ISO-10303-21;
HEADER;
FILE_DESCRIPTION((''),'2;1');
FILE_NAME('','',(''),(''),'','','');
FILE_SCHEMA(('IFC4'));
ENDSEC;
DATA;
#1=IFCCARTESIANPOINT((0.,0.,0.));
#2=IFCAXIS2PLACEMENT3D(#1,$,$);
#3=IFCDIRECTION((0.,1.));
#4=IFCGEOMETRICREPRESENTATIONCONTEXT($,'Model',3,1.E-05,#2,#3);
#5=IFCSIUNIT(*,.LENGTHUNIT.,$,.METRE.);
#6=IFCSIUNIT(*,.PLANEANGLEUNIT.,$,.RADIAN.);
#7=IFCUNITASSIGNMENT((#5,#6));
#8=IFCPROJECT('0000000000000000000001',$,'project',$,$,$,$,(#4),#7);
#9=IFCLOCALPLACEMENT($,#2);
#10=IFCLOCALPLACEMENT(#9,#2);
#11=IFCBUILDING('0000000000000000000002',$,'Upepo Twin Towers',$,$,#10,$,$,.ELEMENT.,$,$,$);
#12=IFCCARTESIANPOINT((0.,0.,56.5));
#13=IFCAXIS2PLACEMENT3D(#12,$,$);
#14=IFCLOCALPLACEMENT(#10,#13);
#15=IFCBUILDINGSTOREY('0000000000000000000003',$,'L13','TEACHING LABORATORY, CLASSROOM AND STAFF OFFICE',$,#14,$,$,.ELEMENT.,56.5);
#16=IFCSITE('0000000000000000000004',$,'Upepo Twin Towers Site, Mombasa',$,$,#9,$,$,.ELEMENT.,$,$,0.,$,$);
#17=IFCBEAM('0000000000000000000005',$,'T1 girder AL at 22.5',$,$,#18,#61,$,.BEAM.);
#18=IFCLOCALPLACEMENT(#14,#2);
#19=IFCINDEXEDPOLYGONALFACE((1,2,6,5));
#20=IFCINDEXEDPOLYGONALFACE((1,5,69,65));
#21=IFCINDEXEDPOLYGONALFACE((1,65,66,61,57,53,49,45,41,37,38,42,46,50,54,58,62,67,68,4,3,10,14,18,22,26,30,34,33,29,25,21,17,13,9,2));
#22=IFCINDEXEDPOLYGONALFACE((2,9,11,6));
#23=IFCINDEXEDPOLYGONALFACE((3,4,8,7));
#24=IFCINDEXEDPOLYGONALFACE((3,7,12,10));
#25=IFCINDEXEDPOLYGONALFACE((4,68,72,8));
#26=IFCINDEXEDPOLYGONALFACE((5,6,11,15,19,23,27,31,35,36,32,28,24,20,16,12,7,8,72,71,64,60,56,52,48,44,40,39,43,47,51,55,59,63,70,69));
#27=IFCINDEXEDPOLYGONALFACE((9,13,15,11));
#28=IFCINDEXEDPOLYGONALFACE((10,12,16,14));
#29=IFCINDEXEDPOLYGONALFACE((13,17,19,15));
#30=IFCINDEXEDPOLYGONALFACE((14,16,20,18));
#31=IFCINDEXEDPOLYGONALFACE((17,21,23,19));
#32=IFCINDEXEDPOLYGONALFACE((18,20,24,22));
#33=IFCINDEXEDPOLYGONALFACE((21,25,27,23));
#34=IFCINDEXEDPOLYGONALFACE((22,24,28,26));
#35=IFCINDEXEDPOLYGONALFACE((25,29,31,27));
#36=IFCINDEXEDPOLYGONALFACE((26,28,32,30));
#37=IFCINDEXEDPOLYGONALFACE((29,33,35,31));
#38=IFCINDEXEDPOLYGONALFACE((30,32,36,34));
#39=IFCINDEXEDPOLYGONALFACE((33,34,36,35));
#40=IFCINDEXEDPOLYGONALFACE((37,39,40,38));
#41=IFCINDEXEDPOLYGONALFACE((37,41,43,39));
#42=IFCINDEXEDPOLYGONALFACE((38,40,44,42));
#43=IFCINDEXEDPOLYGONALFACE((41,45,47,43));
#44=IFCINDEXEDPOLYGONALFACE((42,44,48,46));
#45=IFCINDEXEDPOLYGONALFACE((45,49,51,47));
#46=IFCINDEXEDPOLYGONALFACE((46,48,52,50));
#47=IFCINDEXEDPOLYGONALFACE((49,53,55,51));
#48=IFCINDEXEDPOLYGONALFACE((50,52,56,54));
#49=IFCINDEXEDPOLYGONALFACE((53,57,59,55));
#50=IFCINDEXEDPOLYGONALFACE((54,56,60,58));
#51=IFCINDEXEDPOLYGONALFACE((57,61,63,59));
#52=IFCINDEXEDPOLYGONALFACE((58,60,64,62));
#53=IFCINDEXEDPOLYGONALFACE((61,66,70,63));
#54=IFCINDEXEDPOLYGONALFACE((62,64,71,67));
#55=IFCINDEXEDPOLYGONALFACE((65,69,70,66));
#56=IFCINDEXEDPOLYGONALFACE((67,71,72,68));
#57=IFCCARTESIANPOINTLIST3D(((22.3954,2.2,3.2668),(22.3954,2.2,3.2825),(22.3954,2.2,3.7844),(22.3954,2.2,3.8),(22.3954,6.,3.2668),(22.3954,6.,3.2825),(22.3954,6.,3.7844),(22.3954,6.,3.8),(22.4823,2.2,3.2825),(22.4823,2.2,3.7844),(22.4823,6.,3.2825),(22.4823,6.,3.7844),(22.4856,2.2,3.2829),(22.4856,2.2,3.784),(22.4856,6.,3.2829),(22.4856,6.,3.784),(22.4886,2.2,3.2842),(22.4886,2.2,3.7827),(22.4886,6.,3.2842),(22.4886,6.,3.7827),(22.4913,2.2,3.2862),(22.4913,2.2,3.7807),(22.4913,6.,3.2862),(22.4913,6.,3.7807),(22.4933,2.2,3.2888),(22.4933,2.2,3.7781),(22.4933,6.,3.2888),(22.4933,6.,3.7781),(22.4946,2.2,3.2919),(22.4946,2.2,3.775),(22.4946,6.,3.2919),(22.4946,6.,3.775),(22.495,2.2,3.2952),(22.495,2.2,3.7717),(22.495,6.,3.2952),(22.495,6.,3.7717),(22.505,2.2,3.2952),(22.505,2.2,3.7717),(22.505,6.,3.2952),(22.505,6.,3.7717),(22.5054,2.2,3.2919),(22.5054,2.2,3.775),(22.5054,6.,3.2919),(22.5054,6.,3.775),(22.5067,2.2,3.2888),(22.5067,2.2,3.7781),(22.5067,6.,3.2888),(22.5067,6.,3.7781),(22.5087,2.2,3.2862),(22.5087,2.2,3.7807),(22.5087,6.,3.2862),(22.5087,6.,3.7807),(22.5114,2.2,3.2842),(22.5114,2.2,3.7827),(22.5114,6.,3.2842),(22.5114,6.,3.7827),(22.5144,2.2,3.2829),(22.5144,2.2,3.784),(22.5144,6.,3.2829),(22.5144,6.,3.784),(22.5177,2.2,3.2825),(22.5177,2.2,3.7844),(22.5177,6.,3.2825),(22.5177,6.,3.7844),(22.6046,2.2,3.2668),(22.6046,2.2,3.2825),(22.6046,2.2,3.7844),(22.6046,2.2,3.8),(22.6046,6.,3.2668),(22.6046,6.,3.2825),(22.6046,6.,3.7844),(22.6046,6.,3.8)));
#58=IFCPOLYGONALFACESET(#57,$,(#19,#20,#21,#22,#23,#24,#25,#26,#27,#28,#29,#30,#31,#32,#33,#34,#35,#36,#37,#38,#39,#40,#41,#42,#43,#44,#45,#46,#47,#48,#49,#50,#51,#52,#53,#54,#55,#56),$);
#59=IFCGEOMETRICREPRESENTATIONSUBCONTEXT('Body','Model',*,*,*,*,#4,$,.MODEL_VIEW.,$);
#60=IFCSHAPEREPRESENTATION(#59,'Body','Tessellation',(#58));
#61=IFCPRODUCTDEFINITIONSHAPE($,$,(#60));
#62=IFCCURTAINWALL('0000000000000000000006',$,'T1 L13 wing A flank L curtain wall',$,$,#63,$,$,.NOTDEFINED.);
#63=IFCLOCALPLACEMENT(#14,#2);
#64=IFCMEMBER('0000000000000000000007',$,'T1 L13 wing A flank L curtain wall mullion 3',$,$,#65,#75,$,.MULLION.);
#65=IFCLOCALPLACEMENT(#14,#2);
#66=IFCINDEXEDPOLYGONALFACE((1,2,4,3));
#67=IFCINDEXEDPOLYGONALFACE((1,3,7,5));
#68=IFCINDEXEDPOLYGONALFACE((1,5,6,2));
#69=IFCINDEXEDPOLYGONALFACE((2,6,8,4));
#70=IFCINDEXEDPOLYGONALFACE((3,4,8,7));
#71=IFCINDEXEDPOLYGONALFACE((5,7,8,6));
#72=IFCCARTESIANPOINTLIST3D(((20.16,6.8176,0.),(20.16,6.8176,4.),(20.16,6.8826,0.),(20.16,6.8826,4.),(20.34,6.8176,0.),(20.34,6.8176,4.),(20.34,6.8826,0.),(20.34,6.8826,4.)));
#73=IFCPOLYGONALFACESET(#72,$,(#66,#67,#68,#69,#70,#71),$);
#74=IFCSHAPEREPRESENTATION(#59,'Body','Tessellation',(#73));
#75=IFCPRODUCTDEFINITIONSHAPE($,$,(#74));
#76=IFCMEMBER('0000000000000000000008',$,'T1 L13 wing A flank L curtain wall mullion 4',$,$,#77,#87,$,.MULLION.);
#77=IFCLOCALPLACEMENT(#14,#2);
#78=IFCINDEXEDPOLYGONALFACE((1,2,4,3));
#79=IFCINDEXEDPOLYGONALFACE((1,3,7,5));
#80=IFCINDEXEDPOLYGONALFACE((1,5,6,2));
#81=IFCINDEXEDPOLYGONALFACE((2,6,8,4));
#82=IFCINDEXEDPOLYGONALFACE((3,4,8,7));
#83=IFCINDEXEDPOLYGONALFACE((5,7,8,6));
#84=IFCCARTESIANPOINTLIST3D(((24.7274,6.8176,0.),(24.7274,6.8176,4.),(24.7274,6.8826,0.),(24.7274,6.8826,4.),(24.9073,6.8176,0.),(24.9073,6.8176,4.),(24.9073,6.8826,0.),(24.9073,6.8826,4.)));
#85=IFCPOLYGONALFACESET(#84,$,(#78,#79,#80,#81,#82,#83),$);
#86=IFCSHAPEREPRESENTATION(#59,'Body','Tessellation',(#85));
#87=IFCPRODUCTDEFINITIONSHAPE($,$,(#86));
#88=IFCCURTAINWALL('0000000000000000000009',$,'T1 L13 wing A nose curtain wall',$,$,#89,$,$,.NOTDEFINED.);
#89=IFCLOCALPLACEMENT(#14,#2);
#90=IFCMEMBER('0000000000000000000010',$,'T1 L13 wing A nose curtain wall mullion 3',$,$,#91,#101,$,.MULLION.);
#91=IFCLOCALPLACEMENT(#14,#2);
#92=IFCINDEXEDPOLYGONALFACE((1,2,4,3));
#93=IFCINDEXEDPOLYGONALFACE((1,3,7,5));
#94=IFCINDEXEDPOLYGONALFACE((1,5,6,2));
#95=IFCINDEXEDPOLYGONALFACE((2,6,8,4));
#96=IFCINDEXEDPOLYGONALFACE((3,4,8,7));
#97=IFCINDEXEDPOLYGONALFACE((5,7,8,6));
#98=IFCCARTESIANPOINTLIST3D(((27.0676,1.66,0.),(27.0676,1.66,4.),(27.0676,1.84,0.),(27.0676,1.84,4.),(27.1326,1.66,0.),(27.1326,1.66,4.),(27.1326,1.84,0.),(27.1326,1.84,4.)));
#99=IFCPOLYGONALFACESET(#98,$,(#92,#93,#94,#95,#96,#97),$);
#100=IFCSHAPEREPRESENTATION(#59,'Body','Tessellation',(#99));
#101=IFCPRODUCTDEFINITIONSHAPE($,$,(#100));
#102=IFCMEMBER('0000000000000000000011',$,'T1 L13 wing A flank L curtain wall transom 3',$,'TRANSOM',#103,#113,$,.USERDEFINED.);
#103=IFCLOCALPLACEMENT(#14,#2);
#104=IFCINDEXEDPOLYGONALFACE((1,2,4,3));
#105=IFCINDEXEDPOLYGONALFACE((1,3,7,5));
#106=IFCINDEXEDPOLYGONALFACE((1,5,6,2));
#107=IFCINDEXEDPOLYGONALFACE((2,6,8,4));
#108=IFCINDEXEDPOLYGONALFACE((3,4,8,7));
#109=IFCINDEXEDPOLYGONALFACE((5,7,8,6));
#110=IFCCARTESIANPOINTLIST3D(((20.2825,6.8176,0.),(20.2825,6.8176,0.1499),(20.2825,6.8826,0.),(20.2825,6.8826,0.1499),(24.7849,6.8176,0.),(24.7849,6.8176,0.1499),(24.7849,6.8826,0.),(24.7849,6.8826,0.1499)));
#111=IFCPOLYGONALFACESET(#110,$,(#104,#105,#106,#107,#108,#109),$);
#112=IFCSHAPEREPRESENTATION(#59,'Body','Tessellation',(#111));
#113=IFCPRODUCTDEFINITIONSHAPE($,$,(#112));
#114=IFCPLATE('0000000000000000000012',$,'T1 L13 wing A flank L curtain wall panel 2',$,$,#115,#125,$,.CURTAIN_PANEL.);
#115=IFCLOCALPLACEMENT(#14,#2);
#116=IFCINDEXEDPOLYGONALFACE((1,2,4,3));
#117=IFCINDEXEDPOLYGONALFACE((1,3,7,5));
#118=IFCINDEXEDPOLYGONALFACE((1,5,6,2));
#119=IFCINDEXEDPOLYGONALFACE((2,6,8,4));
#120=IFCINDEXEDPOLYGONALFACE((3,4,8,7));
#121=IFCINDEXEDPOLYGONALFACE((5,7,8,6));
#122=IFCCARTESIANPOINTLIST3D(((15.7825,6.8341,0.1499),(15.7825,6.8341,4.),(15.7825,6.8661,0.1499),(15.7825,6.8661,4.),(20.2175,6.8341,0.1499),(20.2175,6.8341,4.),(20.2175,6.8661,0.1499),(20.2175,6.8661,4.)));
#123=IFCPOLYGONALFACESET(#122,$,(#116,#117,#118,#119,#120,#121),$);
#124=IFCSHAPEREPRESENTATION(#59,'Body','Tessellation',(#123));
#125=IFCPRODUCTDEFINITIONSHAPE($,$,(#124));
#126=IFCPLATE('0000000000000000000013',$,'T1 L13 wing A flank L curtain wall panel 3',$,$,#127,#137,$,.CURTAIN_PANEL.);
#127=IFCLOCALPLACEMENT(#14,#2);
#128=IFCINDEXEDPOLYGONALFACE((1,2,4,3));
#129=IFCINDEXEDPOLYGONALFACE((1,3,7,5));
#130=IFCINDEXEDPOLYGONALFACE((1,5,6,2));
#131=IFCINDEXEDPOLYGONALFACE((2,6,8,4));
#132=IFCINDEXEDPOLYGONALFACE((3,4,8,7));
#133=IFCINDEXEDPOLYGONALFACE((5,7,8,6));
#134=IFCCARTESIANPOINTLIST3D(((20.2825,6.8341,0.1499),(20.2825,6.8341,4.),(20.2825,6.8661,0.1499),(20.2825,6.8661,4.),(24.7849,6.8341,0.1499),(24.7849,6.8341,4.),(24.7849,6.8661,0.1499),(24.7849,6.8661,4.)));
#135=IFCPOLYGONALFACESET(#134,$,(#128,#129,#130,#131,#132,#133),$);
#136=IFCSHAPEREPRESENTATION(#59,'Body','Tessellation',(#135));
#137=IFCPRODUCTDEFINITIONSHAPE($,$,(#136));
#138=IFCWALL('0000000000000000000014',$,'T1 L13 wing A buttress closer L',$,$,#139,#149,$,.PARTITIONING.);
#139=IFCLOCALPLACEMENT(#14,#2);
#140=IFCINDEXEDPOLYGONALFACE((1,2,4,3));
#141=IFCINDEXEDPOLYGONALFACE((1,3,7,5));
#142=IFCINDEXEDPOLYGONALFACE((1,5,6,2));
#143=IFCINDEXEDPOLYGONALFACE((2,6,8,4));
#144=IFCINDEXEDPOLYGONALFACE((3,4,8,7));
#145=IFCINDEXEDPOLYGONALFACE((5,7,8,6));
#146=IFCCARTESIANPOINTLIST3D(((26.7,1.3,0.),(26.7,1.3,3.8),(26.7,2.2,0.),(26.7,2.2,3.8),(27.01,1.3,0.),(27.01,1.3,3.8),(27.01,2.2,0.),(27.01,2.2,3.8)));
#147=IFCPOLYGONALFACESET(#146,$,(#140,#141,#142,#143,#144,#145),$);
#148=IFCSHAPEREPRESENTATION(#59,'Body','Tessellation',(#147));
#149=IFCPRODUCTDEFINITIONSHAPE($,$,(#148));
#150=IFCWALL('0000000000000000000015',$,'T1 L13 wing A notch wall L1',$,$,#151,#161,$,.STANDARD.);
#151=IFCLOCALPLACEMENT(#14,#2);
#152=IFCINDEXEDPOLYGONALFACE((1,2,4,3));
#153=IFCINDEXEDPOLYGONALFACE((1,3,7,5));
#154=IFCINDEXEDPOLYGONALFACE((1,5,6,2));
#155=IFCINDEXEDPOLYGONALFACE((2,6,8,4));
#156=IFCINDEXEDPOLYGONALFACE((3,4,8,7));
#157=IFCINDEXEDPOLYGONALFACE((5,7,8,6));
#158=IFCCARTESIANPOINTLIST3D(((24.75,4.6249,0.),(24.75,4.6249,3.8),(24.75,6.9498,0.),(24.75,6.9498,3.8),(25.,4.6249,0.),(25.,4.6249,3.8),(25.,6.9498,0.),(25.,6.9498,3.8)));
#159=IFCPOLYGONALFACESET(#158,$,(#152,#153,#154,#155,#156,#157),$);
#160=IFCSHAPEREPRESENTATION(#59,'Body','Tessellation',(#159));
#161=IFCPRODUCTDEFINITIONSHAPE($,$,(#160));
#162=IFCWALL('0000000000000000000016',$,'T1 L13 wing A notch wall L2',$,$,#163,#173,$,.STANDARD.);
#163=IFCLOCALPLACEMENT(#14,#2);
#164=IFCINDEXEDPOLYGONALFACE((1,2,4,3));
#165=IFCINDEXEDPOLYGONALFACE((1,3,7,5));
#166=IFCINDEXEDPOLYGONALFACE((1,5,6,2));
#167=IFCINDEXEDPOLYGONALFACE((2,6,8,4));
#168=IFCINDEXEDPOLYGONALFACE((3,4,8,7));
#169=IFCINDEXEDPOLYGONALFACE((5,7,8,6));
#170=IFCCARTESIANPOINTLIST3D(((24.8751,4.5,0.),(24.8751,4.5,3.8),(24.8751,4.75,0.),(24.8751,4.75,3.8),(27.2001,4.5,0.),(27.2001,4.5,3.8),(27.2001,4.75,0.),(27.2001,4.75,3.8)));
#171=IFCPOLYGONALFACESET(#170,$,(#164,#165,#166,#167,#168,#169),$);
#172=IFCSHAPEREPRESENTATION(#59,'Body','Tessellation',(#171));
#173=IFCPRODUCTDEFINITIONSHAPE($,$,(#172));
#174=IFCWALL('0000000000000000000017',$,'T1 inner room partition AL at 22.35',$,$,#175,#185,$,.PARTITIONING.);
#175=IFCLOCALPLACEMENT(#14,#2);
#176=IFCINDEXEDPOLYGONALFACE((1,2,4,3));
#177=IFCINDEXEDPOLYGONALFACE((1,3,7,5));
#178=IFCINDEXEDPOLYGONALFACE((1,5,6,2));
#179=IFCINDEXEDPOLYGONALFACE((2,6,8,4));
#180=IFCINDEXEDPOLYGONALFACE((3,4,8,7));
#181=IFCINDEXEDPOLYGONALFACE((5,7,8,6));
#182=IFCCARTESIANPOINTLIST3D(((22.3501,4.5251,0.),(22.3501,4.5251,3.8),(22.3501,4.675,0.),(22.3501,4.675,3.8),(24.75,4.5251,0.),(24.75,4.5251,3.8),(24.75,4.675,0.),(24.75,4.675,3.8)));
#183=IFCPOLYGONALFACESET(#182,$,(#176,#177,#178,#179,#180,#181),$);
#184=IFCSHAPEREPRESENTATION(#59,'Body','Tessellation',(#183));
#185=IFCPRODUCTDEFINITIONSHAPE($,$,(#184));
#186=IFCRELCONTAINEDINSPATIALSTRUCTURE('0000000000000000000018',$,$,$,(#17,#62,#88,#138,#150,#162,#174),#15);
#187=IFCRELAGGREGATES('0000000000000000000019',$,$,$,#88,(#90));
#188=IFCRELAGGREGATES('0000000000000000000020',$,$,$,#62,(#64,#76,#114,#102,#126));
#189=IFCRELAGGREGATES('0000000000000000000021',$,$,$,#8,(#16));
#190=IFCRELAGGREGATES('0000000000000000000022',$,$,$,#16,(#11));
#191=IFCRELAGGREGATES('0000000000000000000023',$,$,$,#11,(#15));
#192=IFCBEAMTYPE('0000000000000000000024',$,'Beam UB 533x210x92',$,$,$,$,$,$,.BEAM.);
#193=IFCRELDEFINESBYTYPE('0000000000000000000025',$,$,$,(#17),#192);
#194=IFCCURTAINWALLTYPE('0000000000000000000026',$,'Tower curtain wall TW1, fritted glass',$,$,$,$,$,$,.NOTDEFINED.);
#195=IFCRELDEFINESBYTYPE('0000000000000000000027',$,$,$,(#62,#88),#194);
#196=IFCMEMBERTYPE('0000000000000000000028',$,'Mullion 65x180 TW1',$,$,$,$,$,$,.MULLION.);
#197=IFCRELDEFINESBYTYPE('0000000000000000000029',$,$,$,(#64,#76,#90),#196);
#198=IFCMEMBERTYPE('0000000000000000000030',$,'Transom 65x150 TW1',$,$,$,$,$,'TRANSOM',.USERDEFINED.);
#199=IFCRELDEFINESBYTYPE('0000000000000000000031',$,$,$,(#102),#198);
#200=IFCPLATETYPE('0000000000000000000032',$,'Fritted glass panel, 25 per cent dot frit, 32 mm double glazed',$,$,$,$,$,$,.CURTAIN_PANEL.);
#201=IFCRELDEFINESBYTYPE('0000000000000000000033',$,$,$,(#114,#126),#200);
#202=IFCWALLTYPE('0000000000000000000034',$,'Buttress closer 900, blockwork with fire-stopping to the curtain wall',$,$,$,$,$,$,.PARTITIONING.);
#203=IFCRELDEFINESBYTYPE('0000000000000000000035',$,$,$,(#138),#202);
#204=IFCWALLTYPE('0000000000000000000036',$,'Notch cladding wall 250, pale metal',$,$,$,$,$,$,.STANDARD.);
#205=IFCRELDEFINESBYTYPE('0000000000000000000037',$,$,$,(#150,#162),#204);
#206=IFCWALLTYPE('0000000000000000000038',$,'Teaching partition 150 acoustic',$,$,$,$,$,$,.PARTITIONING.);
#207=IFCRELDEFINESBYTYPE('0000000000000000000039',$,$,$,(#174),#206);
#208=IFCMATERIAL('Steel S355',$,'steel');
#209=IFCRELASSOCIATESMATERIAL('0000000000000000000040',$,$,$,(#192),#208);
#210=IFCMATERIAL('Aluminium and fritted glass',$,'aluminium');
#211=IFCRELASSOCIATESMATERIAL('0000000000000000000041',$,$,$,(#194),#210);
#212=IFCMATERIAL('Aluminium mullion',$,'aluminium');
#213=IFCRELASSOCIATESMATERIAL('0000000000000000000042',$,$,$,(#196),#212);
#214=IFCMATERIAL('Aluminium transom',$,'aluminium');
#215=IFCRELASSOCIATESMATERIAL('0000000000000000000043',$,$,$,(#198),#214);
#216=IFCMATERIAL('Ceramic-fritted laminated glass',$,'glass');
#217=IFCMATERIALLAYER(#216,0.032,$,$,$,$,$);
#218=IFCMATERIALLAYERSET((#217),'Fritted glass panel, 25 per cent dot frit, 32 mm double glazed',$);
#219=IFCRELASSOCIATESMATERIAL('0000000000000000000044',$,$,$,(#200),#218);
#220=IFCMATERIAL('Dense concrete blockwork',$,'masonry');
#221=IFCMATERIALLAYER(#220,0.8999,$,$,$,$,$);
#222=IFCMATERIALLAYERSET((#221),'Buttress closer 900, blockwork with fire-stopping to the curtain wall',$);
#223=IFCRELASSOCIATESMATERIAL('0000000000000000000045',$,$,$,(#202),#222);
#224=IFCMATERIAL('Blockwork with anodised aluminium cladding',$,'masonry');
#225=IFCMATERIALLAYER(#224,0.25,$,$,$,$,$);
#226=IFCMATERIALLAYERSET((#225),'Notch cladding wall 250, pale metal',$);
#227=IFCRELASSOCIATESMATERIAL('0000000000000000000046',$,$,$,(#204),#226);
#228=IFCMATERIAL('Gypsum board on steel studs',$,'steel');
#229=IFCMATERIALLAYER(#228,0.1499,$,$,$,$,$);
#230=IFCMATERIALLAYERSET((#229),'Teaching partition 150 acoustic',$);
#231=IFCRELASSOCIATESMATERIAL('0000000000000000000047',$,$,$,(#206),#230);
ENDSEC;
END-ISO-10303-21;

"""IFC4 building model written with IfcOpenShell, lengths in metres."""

from ifc_helpers import new_model, si_unit, direction, frame, frame_2d, origin, origin_2d, place, context, subcontext, project, spatial, rectangle, i_section, extrude, material, layer, layer_set, material_profile, profile_set, type_object, element, aggregate, save


model = new_model("IFC4")

# Units and contexts
model_context = context("Model", 3, precision=1e-05, world=origin(), true_north=direction((0.0, 1.0)))
body_context = subcontext(model_context, "Body", "Model", "MODEL_VIEW")
ifc_project = project(units=[si_unit("LENGTHUNIT", "METRE"), si_unit("PLANEANGLEUNIT", "RADIAN")], contexts=[model_context])

# Site, building, storey
site_placement = place(None, origin())
site = spatial("IfcSite", under=ifc_project, at=site_placement, Name="Upepo Twin Towers Site, Mombasa", CompositionType="ELEMENT", RefElevation=0.0)
building_placement = place(site_placement, origin())
building = spatial("IfcBuilding", under=site, at=building_placement, Name="Upepo Twin Towers", CompositionType="ELEMENT")
storey_placement = place(building_placement, frame((0.0, 0.0, 56.5)))
storey = spatial("IfcBuildingStorey", under=building, at=storey_placement, Name="L13", Description="TEACHING LABORATORY, CLASSROOM AND STAFF OFFICE", CompositionType="ELEMENT", Elevation=56.5)

# Beam
ifc_material_1 = material(Name="Steel S355", Category="steel")
ifc_material_profile_1 = material_profile(ifc_material_1, i_section(OverallWidth=0.2092, OverallDepth=0.5332, WebThickness=0.01, FlangeThickness=0.0156, FilletRadius=0.0127, at=origin_2d()), Name="UB 533x210x92")
ifc_profile_set_1 = profile_set([ifc_material_profile_1], Name="Steel S355")
beam_type_1 = type_object("IfcBeamType", Name="Beam UB 533x210x92", PredefinedType="BEAM", material=ifc_profile_set_1)
beam_1_placement = place(storey_placement, frame((22.5, 6.0, 3.5334), z_axis=(0.0, -1.0, 0.0), x_axis=(1.0, 0.0, 0.0)))
element("IfcBeam", 1, at=beam_1_placement, inside=storey, type_object=beam_type_1, Name="T1 girder AL at 22.5", PredefinedType="BEAM", context=body_context, shape_type="SweptSolid", body=[
    extrude(i_section(OverallWidth=0.2092, OverallDepth=0.5332, WebThickness=0.01, FlangeThickness=0.0156, FilletRadius=0.0127, at=origin_2d()), origin(), (0.0, 0.0, 1.0), 3.8),
])

# Curtain wall, members
ifc_material_2 = material(Name="Aluminium and fritted glass", Category="aluminium")
curtain_wall_type = type_object("IfcCurtainWallType", Name="Tower curtain wall TW1, fritted glass", PredefinedType="NOTDEFINED", material=ifc_material_2)
curtain_wall_1_placement = place(storey_placement, origin())
curtain_wall_1 = element("IfcCurtainWall", 2, at=curtain_wall_1_placement, inside=storey, type_object=curtain_wall_type, Name="T1 L13 wing A flank L curtain wall", PredefinedType="NOTDEFINED")
ifc_material_3 = material(Name="Aluminium mullion", Category="aluminium")
ifc_material_profile_2 = material_profile(ifc_material_3, rectangle(XDim=0.0649, YDim=0.1799, at=origin_2d()), Name="MULLION 65x180")
ifc_profile_set_2 = profile_set([ifc_material_profile_2], Name="Aluminium mullion")
member_type_1 = type_object("IfcMemberType", Name="Mullion 65x180 TW1", PredefinedType="MULLION", material=ifc_profile_set_2)
member_1_placement = place(storey_placement, frame((20.25, 6.8501, 0.0), z_axis=(0.0, 0.0, 1.0), x_axis=(0.0, 1.0, 0.0)))
member_1 = element("IfcMember", 3, at=member_1_placement, type_object=member_type_1, Name="T1 L13 wing A flank L curtain wall mullion 3", PredefinedType="MULLION", context=body_context, shape_type="SweptSolid", body=[
    extrude(rectangle(XDim=0.0649, YDim=0.1799, at=origin_2d()), origin(), (0.0, 0.0, 1.0), 4.0),
])
member_2_placement = place(storey_placement, frame((24.8174, 6.8501, 0.0), z_axis=(0.0, 0.0, 1.0), x_axis=(0.0, 1.0, 0.0)))
member_2 = element("IfcMember", 4, at=member_2_placement, type_object=member_type_1, Name="T1 L13 wing A flank L curtain wall mullion 4", PredefinedType="MULLION", context=body_context, shape_type="SweptSolid", body=[
    extrude(rectangle(XDim=0.0649, YDim=0.1799, at=origin_2d()), origin(), (0.0, 0.0, 1.0), 4.0),
])

# Curtain wall, member
curtain_wall_2_placement = place(storey_placement, origin())
curtain_wall_2 = element("IfcCurtainWall", 5, at=curtain_wall_2_placement, inside=storey, type_object=curtain_wall_type, Name="T1 L13 wing A nose curtain wall", PredefinedType="NOTDEFINED")
member_3_placement = place(storey_placement, frame((27.1001, 1.75, 0.0), z_axis=(0.0, 0.0, 1.0), x_axis=(-1.0, 0.0, 0.0)))
member_3 = element("IfcMember", 6, at=member_3_placement, type_object=member_type_1, Name="T1 L13 wing A nose curtain wall mullion 3", PredefinedType="MULLION", context=body_context, shape_type="SweptSolid", body=[
    extrude(rectangle(XDim=0.0649, YDim=0.1799, at=origin_2d()), origin(), (0.0, 0.0, 1.0), 4.0),
])
aggregate(curtain_wall_2, [member_3])

# Member
ifc_material_4 = material(Name="Aluminium transom", Category="aluminium")
ifc_material_profile_3 = material_profile(ifc_material_4, rectangle(XDim=0.0649, YDim=0.1499, at=origin_2d()), Name="TRANSOM 65x150")
ifc_profile_set_3 = profile_set([ifc_material_profile_3], Name="Aluminium transom")
member_type_2 = type_object("IfcMemberType", Name="Transom 65x150 TW1", ElementType="TRANSOM", PredefinedType="USERDEFINED", material=ifc_profile_set_3)
member_4_placement = place(storey_placement, frame((20.2825, 6.8501, 0.075), z_axis=(1.0, 0.0, 0.0), x_axis=(0.0, 1.0, 0.0)))
member_4 = element("IfcMember", 7, at=member_4_placement, type_object=member_type_2, Name="T1 L13 wing A flank L curtain wall transom 3", ObjectType="TRANSOM", PredefinedType="USERDEFINED", context=body_context, shape_type="SweptSolid", body=[
    extrude(rectangle(XDim=0.0649, YDim=0.1499, at=origin_2d()), origin(), (0.0, 0.0, 1.0), 4.5024),
])

# Plates
ifc_material_5 = material(Name="Ceramic-fritted laminated glass", Category="glass")
ifc_layer_1 = layer(ifc_material_5, 0.032)
ifc_layer_set_1 = layer_set([ifc_layer_1], Name="Fritted glass panel, 25 per cent dot frit, 32 mm double glazed")
plate_type = type_object("IfcPlateType", Name="Fritted glass panel, 25 per cent dot frit, 32 mm double glazed", PredefinedType="CURTAIN_PANEL", material=ifc_layer_set_1)
plate_1_placement = place(storey_placement, frame((18.0, 6.8501, 0.1499), z_axis=(0.0, 0.0, 1.0), x_axis=(1.0, 0.0, 0.0)))
plate_1 = element("IfcPlate", 8, at=plate_1_placement, type_object=plate_type, Name="T1 L13 wing A flank L curtain wall panel 2", PredefinedType="CURTAIN_PANEL", context=body_context, shape_type="SweptSolid", body=[
    extrude(rectangle(XDim=4.4351, YDim=0.032, at=origin_2d()), origin(), (0.0, 0.0, 1.0), 3.8501),
])
plate_2_placement = place(storey_placement, frame((22.5337, 6.8501, 0.1499), z_axis=(0.0, 0.0, 1.0), x_axis=(1.0, 0.0, 0.0)))
plate_2 = element("IfcPlate", 9, at=plate_2_placement, type_object=plate_type, Name="T1 L13 wing A flank L curtain wall panel 3", PredefinedType="CURTAIN_PANEL", context=body_context, shape_type="SweptSolid", body=[
    extrude(rectangle(XDim=4.5024, YDim=0.032, at=origin_2d()), origin(), (0.0, 0.0, 1.0), 3.8501),
])
aggregate(curtain_wall_1, [member_1, member_2, plate_1, member_4, plate_2])

# Walls
ifc_material_6 = material(Name="Dense concrete blockwork", Category="masonry")
ifc_layer_2 = layer(ifc_material_6, 0.8999)
ifc_layer_set_2 = layer_set([ifc_layer_2], Name="Buttress closer 900, blockwork with fire-stopping to the curtain wall")
wall_type_1 = type_object("IfcWallType", Name="Buttress closer 900, blockwork with fire-stopping to the curtain wall", PredefinedType="PARTITIONING", material=ifc_layer_set_2)
wall_1_placement = place(storey_placement, frame((26.7, 1.75, 0.0), z_axis=(0.0, 0.0, 1.0), x_axis=(1.0, 0.0, 0.0)))
element("IfcWall", 10, at=wall_1_placement, inside=storey, type_object=wall_type_1, Name="T1 L13 wing A buttress closer L", PredefinedType="PARTITIONING", context=body_context, shape_type="SweptSolid", body=[
    extrude(rectangle(XDim=0.3101, YDim=0.8999, at=frame_2d((0.155, 0.0))), origin(), (0.0, 0.0, 1.0), 3.8),
])
ifc_material_7 = material(Name="Blockwork with anodised aluminium cladding", Category="masonry")
ifc_layer_3 = layer(ifc_material_7, 0.25)
ifc_layer_set_3 = layer_set([ifc_layer_3], Name="Notch cladding wall 250, pale metal")
wall_type_2 = type_object("IfcWallType", Name="Notch cladding wall 250, pale metal", PredefinedType="STANDARD", material=ifc_layer_set_3)
for number, where, z_axis, x_axis, name in (
    (11, (24.875, 6.95, 0.0), (0.0, 0.0, 1.0), (0.0, -1.0, 0.0), "T1 L13 wing A notch wall L1"),
    (12, (24.875, 4.625, 0.0), (0.0, 0.0, 1.0), (1.0, 0.0, 0.0), "T1 L13 wing A notch wall L2"),
):
    element("IfcWall", number, at=place(storey_placement, frame(where, z_axis=z_axis, x_axis=x_axis)), inside=storey, type_object=wall_type_2, Name=name, PredefinedType="STANDARD", context=body_context, shape_type="SweptSolid", body=[
        extrude(rectangle(XDim=2.325, YDim=0.25, at=frame_2d((1.1626, 0.0))), origin(), (0.0, 0.0, 1.0), 3.8),
    ])
ifc_material_8 = material(Name="Gypsum board on steel studs", Category="steel")
ifc_layer_4 = layer(ifc_material_8, 0.1499)
ifc_layer_set_4 = layer_set([ifc_layer_4], Name="Teaching partition 150 acoustic")
wall_type_3 = type_object("IfcWallType", Name="Teaching partition 150 acoustic", PredefinedType="PARTITIONING", material=ifc_layer_set_4)
wall_2_placement = place(storey_placement, frame((22.3501, 4.6001, 0.0), z_axis=(0.0, 0.0, 1.0), x_axis=(1.0, 0.0, 0.0)))
element("IfcWall", 13, at=wall_2_placement, inside=storey, type_object=wall_type_3, Name="T1 inner room partition AL at 22.35", PredefinedType="PARTITIONING", context=body_context, shape_type="SweptSolid", body=[
    extrude(rectangle(XDim=2.3999, YDim=0.1499, at=frame_2d((1.2, 0.0))), origin(), (0.0, 0.0, 1.0), 3.8),
])

save(model, "model.ifc")
